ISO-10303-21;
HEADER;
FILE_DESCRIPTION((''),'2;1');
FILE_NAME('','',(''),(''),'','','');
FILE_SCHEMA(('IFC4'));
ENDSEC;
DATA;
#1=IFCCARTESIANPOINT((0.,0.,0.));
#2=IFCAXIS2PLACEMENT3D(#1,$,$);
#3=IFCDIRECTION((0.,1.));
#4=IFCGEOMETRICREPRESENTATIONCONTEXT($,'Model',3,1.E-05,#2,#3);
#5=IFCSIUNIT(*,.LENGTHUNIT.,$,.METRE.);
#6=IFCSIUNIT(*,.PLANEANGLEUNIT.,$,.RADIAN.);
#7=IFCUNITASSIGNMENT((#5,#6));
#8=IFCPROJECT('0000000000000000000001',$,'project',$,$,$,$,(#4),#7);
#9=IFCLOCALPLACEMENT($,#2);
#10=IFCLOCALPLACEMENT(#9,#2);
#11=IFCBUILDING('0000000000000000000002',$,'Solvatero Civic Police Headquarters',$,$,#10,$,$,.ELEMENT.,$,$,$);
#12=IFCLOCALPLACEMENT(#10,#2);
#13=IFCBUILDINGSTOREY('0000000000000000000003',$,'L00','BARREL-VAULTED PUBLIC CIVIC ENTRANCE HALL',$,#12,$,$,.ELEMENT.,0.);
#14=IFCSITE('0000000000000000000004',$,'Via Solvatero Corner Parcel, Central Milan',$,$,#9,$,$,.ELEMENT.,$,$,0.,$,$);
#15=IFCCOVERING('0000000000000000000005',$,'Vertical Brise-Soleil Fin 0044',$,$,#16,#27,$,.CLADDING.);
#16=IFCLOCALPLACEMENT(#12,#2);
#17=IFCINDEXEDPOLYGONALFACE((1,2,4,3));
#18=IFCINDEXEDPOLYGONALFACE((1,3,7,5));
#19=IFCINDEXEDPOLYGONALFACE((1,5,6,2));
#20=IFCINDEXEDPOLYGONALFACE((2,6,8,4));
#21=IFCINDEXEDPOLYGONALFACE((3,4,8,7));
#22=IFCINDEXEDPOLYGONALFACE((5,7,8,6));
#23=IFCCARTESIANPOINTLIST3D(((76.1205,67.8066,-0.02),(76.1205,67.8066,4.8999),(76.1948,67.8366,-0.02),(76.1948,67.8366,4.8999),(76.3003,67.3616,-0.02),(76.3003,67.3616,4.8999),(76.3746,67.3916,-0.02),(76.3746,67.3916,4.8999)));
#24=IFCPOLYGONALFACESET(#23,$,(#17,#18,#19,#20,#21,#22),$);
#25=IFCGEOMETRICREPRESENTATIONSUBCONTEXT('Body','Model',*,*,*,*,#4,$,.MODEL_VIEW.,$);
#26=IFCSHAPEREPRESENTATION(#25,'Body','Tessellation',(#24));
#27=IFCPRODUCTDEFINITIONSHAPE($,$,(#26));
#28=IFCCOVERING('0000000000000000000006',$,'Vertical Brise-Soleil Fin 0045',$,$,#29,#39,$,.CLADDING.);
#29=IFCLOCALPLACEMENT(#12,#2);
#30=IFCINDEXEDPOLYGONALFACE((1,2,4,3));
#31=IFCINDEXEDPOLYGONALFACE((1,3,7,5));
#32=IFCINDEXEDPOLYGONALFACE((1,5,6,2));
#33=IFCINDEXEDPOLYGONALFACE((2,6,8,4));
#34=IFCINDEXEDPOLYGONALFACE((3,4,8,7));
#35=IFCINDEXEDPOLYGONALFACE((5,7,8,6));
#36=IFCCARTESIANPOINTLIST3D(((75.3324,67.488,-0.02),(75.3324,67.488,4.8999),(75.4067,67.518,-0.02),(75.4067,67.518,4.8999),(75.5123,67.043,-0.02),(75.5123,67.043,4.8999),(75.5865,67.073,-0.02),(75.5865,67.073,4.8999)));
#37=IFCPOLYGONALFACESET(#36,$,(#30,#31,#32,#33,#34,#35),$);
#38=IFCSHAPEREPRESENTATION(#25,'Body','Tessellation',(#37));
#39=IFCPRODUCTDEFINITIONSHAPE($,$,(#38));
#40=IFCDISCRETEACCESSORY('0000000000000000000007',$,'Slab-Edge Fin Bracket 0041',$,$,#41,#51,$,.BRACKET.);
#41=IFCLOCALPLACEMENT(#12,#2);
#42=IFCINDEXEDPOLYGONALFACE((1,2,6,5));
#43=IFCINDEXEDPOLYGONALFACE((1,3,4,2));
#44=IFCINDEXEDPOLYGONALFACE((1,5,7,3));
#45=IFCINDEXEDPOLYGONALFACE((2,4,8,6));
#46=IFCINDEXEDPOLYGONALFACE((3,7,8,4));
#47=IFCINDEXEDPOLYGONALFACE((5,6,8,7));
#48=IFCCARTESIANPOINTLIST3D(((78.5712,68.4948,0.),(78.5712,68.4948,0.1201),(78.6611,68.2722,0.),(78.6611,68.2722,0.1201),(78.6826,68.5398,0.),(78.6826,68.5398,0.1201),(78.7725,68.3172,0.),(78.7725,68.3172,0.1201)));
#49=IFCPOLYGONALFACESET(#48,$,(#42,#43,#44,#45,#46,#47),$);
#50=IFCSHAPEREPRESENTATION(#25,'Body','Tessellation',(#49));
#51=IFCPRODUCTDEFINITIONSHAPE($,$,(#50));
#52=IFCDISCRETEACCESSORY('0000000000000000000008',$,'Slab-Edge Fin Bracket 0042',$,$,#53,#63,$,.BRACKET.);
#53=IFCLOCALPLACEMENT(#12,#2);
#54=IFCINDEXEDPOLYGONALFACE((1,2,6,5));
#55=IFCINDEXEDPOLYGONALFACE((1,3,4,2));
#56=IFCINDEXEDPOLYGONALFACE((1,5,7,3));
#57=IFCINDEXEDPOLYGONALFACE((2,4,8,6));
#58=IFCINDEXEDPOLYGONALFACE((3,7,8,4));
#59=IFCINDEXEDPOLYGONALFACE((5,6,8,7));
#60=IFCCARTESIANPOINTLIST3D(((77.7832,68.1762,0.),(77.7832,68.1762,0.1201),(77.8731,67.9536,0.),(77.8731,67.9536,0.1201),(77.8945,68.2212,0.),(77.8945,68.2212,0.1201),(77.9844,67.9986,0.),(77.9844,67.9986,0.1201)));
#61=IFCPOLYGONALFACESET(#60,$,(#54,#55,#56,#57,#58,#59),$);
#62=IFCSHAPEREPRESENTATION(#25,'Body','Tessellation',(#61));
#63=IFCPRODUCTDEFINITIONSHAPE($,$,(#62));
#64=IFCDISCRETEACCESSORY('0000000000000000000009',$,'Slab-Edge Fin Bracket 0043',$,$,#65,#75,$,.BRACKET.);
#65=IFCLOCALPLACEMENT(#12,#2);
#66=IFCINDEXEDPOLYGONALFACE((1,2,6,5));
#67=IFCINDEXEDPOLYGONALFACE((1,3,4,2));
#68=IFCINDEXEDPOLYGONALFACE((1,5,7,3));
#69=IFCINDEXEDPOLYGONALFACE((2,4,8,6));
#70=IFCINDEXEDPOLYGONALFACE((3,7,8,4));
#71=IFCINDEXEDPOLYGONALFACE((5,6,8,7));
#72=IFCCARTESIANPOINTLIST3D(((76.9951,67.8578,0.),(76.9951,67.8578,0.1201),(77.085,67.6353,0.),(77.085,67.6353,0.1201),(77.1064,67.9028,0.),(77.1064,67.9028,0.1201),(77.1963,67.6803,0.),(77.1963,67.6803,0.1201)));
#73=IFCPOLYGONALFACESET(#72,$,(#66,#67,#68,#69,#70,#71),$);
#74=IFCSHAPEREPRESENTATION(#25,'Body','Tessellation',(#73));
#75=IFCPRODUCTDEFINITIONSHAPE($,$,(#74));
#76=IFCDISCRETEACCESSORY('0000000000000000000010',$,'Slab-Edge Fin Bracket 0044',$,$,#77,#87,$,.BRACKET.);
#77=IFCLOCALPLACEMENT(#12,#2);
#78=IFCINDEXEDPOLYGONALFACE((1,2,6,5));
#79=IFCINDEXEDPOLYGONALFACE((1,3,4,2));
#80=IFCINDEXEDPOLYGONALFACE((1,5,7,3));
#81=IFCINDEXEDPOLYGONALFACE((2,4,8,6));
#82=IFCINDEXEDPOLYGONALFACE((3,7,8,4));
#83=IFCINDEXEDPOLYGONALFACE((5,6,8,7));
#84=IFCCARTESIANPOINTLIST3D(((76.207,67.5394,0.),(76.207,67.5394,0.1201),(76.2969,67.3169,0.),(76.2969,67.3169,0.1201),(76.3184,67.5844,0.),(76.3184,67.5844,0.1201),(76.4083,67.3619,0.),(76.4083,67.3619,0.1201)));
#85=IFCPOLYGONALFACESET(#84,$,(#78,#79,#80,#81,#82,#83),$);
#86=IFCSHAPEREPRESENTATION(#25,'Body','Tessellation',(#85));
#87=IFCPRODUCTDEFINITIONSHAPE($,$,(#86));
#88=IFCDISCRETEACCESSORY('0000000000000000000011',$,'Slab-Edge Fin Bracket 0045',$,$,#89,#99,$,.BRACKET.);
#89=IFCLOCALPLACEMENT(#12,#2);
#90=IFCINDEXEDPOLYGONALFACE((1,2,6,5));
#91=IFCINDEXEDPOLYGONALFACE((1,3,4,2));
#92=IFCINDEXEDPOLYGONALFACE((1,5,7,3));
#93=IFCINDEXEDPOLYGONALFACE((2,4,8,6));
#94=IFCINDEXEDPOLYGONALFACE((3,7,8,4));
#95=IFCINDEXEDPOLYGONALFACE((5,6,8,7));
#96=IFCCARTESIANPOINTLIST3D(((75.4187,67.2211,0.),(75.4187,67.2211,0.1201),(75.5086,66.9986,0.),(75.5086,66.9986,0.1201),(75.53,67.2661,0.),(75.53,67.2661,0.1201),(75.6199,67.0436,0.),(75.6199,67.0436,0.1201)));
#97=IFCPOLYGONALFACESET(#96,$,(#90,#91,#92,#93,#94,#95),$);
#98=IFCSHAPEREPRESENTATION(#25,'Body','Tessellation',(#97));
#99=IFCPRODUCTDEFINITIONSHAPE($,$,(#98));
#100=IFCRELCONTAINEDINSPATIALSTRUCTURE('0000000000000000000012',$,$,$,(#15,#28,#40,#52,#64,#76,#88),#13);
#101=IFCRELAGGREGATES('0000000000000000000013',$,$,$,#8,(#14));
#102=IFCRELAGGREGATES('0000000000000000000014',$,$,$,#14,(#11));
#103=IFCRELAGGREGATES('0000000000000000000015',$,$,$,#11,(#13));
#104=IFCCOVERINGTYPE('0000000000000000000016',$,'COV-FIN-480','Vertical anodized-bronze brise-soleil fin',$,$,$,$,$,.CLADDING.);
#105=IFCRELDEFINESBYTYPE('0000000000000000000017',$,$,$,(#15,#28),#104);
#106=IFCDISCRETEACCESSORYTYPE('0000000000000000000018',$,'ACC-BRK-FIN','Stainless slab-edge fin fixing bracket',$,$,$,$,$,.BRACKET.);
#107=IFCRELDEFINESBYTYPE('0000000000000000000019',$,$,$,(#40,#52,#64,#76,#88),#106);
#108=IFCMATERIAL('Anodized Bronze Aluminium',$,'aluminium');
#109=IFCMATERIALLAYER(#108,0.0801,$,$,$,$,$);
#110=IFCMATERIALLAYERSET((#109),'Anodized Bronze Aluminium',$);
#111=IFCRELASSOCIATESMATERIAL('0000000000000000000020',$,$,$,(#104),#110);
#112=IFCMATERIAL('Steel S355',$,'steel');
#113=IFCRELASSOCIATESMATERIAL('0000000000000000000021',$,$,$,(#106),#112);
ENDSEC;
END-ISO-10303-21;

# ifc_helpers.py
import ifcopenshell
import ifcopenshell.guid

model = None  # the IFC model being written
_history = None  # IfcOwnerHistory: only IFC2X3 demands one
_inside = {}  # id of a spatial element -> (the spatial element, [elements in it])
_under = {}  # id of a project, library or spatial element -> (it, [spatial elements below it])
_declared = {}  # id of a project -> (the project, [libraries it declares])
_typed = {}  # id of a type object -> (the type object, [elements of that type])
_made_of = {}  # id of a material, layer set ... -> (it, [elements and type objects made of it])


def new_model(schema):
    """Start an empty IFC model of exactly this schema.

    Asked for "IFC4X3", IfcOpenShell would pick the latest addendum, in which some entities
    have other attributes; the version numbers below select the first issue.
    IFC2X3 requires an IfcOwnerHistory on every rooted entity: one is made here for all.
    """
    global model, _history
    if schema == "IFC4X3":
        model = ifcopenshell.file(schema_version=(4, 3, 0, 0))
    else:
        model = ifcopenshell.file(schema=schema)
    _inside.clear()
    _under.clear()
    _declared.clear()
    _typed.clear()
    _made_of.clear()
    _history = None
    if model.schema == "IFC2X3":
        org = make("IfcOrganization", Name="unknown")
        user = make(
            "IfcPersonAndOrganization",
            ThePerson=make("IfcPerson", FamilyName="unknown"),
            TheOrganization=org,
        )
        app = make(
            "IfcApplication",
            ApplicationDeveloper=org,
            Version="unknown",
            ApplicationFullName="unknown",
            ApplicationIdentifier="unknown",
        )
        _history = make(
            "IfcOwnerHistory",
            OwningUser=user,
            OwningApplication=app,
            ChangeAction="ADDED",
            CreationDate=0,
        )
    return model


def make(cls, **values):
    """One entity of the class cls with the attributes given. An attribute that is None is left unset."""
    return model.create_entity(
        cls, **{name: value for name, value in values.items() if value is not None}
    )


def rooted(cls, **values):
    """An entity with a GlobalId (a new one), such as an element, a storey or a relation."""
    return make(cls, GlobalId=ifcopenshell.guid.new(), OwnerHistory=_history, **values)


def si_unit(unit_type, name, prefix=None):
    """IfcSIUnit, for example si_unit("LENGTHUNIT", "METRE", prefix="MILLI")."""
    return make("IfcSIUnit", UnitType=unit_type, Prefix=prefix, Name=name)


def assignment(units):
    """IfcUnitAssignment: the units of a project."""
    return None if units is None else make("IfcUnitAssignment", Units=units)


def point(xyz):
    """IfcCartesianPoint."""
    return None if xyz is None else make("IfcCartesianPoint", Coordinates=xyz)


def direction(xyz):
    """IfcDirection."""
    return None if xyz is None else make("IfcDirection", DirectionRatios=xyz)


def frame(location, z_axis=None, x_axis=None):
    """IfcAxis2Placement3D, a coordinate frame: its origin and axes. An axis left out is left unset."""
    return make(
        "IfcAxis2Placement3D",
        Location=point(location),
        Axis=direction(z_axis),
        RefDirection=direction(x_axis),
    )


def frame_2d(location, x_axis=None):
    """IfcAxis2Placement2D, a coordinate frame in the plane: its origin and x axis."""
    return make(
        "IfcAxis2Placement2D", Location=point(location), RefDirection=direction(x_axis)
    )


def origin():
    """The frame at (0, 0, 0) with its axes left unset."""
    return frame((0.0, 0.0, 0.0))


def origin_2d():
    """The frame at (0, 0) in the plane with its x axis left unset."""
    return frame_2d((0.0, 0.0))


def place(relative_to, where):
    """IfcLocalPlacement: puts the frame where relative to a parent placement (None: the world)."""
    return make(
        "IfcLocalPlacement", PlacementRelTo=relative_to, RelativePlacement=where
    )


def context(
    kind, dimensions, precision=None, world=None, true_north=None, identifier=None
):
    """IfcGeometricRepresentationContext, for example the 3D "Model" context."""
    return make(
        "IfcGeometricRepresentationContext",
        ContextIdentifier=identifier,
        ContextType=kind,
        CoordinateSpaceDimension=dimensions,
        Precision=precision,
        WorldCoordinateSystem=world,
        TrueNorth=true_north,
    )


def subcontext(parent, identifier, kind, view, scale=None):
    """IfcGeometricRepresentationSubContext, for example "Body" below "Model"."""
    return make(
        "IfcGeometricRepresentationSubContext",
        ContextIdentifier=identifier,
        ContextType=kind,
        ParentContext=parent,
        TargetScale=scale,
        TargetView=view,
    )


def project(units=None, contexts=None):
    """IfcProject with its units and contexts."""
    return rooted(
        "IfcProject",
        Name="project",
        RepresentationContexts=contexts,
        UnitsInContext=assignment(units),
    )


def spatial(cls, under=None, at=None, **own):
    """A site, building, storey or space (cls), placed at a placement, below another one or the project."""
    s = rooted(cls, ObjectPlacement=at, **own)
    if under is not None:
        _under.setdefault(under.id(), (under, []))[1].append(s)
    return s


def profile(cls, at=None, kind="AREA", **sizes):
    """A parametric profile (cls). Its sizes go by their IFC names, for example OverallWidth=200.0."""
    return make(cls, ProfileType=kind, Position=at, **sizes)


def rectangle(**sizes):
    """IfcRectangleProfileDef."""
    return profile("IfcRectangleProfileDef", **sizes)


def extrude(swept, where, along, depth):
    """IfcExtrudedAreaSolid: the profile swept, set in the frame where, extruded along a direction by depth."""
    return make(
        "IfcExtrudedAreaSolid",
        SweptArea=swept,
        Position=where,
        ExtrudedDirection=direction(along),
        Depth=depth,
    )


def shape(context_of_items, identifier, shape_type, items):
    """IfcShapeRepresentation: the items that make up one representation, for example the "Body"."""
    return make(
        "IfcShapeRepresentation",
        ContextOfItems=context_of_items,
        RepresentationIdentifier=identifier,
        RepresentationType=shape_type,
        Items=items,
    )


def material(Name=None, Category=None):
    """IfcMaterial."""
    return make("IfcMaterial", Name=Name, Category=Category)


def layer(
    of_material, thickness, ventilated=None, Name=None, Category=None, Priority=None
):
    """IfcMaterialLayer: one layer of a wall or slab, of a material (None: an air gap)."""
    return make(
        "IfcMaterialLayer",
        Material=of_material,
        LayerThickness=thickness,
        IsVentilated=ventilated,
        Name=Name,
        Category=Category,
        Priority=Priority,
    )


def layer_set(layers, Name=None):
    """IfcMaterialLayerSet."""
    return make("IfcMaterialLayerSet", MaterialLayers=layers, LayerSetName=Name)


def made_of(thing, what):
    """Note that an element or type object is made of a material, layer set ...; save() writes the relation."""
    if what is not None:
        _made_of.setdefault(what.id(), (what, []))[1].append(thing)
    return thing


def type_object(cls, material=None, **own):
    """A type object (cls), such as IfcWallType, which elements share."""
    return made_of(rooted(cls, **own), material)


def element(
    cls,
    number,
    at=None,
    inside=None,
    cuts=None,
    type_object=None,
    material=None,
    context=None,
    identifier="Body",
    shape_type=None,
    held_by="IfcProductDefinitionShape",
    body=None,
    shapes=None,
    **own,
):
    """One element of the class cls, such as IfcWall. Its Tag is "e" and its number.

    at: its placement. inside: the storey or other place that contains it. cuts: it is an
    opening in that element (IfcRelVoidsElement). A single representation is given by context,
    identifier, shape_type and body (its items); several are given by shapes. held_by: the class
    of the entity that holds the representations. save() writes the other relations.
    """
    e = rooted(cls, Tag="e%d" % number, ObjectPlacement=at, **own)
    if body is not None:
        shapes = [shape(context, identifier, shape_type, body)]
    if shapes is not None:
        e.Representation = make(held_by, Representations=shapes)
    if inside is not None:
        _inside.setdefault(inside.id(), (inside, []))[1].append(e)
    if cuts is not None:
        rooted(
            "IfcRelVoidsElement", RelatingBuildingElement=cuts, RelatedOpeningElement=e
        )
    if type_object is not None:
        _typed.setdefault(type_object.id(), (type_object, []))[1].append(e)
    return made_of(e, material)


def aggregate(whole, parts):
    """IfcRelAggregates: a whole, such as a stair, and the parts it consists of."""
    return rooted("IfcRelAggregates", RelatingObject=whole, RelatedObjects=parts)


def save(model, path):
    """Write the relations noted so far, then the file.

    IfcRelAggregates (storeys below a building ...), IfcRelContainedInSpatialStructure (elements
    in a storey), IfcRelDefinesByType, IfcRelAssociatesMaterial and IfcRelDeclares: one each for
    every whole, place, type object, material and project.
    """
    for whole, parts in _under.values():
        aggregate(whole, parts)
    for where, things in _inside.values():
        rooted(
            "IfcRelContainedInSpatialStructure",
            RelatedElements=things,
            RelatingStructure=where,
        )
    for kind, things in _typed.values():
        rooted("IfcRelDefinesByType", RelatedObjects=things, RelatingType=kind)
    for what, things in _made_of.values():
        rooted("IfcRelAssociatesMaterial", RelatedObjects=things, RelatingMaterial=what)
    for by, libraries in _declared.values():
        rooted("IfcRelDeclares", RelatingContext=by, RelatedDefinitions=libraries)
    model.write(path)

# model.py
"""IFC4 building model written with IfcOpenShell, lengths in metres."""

from ifc_helpers import new_model, si_unit, direction, frame, origin, origin_2d, place, context, subcontext, project, spatial, rectangle, extrude, material, layer, layer_set, type_object, element, save


model = new_model("IFC4")

# Units and contexts
model_context = context("Model", 3, precision=1e-05, world=origin(), true_north=direction((0.0, 1.0)))
body_context = subcontext(model_context, "Body", "Model", "MODEL_VIEW")
ifc_project = project(units=[si_unit("LENGTHUNIT", "METRE"), si_unit("PLANEANGLEUNIT", "RADIAN")], contexts=[model_context])

# Site, building, storey
site_placement = place(None, origin())
site = spatial("IfcSite", under=ifc_project, at=site_placement, Name="Via Solvatero Corner Parcel, Central Milan", CompositionType="ELEMENT", RefElevation=0.0)
building_placement = place(site_placement, origin())
building = spatial("IfcBuilding", under=site, at=building_placement, Name="Solvatero Civic Police Headquarters", CompositionType="ELEMENT")
storey_placement = place(building_placement, origin())
storey = spatial("IfcBuildingStorey", under=building, at=storey_placement, Name="L00", Description="BARREL-VAULTED PUBLIC CIVIC ENTRANCE HALL", CompositionType="ELEMENT", Elevation=0.0)

# Shared definitions
ifc_material_1 = material(Name="Steel S355", Category="steel")

# Shared definitions
ifc_material_2 = material(Name="Anodized Bronze Aluminium", Category="aluminium")

# Coverings
ifc_layer_1 = layer(ifc_material_2, 0.0801)
ifc_layer_set_1 = layer_set([ifc_layer_1], Name="Anodized Bronze Aluminium")
covering_type = type_object("IfcCoveringType", Name="COV-FIN-480", Description="Vertical anodized-bronze brise-soleil fin", PredefinedType="CLADDING", material=ifc_layer_set_1)
for number, where, z_axis, x_axis, name in (
    (1, (76.2476, 67.5991, -0.02), (0.0, 0.0, 1.0), (-0.927184, -0.374607, 0.0), "Vertical Brise-Soleil Fin 0044"),
    (2, (75.4595, 67.2805, -0.02), (0.0, 0.0, 1.0), (-0.927184, -0.374607, 0.0), "Vertical Brise-Soleil Fin 0045"),
):
    element("IfcCovering", number, at=place(storey_placement, frame(where, z_axis=z_axis, x_axis=x_axis)), inside=storey, type_object=covering_type, Name=name, PredefinedType="CLADDING", context=body_context, shape_type="SweptSolid", body=[
        extrude(rectangle(XDim=0.0801, YDim=0.48, at=origin_2d()), origin(), (0.0, 0.0, 1.0), 4.9199),
    ])

# Discrete accessories
discrete_accessory_type = type_object("IfcDiscreteAccessoryType", Name="ACC-BRK-FIN", Description="Stainless slab-edge fin fixing bracket", PredefinedType="BRACKET", material=ifc_material_1)
for number, where, z_axis, x_axis, name in (
    (3, (78.6719, 68.406, 0.0), (0.0, 0.0, 1.0), (-0.927184, -0.374607, 0.0), "Slab-Edge Fin Bracket 0041"),
    (4, (77.8838, 68.0874, 0.0), (0.0, 0.0, 1.0), (-0.927184, -0.374607, 0.0), "Slab-Edge Fin Bracket 0042"),
    (5, (77.0957, 67.769, 0.0), (0.0, 0.0, 1.0), (-0.927184, -0.374607, 0.0), "Slab-Edge Fin Bracket 0043"),
    (6, (76.3076, 67.4507, 0.0), (0.0, 0.0, 1.0), (-0.927184, -0.374607, 0.0), "Slab-Edge Fin Bracket 0044"),
    (7, (75.5193, 67.1323, 0.0), (0.0, 0.0, 1.0), (-0.927184, -0.374607, 0.0), "Slab-Edge Fin Bracket 0045"),
):
    element("IfcDiscreteAccessory", number, at=place(storey_placement, frame(where, z_axis=z_axis, x_axis=x_axis)), inside=storey, type_object=discrete_accessory_type, Name=name, PredefinedType="BRACKET", context=body_context, shape_type="SweptSolid", body=[
        extrude(rectangle(XDim=0.1201, YDim=0.24, at=origin_2d()), origin(), (0.0, 0.0, 1.0), 0.1201),
    ])

save(model, "model.ifc")
